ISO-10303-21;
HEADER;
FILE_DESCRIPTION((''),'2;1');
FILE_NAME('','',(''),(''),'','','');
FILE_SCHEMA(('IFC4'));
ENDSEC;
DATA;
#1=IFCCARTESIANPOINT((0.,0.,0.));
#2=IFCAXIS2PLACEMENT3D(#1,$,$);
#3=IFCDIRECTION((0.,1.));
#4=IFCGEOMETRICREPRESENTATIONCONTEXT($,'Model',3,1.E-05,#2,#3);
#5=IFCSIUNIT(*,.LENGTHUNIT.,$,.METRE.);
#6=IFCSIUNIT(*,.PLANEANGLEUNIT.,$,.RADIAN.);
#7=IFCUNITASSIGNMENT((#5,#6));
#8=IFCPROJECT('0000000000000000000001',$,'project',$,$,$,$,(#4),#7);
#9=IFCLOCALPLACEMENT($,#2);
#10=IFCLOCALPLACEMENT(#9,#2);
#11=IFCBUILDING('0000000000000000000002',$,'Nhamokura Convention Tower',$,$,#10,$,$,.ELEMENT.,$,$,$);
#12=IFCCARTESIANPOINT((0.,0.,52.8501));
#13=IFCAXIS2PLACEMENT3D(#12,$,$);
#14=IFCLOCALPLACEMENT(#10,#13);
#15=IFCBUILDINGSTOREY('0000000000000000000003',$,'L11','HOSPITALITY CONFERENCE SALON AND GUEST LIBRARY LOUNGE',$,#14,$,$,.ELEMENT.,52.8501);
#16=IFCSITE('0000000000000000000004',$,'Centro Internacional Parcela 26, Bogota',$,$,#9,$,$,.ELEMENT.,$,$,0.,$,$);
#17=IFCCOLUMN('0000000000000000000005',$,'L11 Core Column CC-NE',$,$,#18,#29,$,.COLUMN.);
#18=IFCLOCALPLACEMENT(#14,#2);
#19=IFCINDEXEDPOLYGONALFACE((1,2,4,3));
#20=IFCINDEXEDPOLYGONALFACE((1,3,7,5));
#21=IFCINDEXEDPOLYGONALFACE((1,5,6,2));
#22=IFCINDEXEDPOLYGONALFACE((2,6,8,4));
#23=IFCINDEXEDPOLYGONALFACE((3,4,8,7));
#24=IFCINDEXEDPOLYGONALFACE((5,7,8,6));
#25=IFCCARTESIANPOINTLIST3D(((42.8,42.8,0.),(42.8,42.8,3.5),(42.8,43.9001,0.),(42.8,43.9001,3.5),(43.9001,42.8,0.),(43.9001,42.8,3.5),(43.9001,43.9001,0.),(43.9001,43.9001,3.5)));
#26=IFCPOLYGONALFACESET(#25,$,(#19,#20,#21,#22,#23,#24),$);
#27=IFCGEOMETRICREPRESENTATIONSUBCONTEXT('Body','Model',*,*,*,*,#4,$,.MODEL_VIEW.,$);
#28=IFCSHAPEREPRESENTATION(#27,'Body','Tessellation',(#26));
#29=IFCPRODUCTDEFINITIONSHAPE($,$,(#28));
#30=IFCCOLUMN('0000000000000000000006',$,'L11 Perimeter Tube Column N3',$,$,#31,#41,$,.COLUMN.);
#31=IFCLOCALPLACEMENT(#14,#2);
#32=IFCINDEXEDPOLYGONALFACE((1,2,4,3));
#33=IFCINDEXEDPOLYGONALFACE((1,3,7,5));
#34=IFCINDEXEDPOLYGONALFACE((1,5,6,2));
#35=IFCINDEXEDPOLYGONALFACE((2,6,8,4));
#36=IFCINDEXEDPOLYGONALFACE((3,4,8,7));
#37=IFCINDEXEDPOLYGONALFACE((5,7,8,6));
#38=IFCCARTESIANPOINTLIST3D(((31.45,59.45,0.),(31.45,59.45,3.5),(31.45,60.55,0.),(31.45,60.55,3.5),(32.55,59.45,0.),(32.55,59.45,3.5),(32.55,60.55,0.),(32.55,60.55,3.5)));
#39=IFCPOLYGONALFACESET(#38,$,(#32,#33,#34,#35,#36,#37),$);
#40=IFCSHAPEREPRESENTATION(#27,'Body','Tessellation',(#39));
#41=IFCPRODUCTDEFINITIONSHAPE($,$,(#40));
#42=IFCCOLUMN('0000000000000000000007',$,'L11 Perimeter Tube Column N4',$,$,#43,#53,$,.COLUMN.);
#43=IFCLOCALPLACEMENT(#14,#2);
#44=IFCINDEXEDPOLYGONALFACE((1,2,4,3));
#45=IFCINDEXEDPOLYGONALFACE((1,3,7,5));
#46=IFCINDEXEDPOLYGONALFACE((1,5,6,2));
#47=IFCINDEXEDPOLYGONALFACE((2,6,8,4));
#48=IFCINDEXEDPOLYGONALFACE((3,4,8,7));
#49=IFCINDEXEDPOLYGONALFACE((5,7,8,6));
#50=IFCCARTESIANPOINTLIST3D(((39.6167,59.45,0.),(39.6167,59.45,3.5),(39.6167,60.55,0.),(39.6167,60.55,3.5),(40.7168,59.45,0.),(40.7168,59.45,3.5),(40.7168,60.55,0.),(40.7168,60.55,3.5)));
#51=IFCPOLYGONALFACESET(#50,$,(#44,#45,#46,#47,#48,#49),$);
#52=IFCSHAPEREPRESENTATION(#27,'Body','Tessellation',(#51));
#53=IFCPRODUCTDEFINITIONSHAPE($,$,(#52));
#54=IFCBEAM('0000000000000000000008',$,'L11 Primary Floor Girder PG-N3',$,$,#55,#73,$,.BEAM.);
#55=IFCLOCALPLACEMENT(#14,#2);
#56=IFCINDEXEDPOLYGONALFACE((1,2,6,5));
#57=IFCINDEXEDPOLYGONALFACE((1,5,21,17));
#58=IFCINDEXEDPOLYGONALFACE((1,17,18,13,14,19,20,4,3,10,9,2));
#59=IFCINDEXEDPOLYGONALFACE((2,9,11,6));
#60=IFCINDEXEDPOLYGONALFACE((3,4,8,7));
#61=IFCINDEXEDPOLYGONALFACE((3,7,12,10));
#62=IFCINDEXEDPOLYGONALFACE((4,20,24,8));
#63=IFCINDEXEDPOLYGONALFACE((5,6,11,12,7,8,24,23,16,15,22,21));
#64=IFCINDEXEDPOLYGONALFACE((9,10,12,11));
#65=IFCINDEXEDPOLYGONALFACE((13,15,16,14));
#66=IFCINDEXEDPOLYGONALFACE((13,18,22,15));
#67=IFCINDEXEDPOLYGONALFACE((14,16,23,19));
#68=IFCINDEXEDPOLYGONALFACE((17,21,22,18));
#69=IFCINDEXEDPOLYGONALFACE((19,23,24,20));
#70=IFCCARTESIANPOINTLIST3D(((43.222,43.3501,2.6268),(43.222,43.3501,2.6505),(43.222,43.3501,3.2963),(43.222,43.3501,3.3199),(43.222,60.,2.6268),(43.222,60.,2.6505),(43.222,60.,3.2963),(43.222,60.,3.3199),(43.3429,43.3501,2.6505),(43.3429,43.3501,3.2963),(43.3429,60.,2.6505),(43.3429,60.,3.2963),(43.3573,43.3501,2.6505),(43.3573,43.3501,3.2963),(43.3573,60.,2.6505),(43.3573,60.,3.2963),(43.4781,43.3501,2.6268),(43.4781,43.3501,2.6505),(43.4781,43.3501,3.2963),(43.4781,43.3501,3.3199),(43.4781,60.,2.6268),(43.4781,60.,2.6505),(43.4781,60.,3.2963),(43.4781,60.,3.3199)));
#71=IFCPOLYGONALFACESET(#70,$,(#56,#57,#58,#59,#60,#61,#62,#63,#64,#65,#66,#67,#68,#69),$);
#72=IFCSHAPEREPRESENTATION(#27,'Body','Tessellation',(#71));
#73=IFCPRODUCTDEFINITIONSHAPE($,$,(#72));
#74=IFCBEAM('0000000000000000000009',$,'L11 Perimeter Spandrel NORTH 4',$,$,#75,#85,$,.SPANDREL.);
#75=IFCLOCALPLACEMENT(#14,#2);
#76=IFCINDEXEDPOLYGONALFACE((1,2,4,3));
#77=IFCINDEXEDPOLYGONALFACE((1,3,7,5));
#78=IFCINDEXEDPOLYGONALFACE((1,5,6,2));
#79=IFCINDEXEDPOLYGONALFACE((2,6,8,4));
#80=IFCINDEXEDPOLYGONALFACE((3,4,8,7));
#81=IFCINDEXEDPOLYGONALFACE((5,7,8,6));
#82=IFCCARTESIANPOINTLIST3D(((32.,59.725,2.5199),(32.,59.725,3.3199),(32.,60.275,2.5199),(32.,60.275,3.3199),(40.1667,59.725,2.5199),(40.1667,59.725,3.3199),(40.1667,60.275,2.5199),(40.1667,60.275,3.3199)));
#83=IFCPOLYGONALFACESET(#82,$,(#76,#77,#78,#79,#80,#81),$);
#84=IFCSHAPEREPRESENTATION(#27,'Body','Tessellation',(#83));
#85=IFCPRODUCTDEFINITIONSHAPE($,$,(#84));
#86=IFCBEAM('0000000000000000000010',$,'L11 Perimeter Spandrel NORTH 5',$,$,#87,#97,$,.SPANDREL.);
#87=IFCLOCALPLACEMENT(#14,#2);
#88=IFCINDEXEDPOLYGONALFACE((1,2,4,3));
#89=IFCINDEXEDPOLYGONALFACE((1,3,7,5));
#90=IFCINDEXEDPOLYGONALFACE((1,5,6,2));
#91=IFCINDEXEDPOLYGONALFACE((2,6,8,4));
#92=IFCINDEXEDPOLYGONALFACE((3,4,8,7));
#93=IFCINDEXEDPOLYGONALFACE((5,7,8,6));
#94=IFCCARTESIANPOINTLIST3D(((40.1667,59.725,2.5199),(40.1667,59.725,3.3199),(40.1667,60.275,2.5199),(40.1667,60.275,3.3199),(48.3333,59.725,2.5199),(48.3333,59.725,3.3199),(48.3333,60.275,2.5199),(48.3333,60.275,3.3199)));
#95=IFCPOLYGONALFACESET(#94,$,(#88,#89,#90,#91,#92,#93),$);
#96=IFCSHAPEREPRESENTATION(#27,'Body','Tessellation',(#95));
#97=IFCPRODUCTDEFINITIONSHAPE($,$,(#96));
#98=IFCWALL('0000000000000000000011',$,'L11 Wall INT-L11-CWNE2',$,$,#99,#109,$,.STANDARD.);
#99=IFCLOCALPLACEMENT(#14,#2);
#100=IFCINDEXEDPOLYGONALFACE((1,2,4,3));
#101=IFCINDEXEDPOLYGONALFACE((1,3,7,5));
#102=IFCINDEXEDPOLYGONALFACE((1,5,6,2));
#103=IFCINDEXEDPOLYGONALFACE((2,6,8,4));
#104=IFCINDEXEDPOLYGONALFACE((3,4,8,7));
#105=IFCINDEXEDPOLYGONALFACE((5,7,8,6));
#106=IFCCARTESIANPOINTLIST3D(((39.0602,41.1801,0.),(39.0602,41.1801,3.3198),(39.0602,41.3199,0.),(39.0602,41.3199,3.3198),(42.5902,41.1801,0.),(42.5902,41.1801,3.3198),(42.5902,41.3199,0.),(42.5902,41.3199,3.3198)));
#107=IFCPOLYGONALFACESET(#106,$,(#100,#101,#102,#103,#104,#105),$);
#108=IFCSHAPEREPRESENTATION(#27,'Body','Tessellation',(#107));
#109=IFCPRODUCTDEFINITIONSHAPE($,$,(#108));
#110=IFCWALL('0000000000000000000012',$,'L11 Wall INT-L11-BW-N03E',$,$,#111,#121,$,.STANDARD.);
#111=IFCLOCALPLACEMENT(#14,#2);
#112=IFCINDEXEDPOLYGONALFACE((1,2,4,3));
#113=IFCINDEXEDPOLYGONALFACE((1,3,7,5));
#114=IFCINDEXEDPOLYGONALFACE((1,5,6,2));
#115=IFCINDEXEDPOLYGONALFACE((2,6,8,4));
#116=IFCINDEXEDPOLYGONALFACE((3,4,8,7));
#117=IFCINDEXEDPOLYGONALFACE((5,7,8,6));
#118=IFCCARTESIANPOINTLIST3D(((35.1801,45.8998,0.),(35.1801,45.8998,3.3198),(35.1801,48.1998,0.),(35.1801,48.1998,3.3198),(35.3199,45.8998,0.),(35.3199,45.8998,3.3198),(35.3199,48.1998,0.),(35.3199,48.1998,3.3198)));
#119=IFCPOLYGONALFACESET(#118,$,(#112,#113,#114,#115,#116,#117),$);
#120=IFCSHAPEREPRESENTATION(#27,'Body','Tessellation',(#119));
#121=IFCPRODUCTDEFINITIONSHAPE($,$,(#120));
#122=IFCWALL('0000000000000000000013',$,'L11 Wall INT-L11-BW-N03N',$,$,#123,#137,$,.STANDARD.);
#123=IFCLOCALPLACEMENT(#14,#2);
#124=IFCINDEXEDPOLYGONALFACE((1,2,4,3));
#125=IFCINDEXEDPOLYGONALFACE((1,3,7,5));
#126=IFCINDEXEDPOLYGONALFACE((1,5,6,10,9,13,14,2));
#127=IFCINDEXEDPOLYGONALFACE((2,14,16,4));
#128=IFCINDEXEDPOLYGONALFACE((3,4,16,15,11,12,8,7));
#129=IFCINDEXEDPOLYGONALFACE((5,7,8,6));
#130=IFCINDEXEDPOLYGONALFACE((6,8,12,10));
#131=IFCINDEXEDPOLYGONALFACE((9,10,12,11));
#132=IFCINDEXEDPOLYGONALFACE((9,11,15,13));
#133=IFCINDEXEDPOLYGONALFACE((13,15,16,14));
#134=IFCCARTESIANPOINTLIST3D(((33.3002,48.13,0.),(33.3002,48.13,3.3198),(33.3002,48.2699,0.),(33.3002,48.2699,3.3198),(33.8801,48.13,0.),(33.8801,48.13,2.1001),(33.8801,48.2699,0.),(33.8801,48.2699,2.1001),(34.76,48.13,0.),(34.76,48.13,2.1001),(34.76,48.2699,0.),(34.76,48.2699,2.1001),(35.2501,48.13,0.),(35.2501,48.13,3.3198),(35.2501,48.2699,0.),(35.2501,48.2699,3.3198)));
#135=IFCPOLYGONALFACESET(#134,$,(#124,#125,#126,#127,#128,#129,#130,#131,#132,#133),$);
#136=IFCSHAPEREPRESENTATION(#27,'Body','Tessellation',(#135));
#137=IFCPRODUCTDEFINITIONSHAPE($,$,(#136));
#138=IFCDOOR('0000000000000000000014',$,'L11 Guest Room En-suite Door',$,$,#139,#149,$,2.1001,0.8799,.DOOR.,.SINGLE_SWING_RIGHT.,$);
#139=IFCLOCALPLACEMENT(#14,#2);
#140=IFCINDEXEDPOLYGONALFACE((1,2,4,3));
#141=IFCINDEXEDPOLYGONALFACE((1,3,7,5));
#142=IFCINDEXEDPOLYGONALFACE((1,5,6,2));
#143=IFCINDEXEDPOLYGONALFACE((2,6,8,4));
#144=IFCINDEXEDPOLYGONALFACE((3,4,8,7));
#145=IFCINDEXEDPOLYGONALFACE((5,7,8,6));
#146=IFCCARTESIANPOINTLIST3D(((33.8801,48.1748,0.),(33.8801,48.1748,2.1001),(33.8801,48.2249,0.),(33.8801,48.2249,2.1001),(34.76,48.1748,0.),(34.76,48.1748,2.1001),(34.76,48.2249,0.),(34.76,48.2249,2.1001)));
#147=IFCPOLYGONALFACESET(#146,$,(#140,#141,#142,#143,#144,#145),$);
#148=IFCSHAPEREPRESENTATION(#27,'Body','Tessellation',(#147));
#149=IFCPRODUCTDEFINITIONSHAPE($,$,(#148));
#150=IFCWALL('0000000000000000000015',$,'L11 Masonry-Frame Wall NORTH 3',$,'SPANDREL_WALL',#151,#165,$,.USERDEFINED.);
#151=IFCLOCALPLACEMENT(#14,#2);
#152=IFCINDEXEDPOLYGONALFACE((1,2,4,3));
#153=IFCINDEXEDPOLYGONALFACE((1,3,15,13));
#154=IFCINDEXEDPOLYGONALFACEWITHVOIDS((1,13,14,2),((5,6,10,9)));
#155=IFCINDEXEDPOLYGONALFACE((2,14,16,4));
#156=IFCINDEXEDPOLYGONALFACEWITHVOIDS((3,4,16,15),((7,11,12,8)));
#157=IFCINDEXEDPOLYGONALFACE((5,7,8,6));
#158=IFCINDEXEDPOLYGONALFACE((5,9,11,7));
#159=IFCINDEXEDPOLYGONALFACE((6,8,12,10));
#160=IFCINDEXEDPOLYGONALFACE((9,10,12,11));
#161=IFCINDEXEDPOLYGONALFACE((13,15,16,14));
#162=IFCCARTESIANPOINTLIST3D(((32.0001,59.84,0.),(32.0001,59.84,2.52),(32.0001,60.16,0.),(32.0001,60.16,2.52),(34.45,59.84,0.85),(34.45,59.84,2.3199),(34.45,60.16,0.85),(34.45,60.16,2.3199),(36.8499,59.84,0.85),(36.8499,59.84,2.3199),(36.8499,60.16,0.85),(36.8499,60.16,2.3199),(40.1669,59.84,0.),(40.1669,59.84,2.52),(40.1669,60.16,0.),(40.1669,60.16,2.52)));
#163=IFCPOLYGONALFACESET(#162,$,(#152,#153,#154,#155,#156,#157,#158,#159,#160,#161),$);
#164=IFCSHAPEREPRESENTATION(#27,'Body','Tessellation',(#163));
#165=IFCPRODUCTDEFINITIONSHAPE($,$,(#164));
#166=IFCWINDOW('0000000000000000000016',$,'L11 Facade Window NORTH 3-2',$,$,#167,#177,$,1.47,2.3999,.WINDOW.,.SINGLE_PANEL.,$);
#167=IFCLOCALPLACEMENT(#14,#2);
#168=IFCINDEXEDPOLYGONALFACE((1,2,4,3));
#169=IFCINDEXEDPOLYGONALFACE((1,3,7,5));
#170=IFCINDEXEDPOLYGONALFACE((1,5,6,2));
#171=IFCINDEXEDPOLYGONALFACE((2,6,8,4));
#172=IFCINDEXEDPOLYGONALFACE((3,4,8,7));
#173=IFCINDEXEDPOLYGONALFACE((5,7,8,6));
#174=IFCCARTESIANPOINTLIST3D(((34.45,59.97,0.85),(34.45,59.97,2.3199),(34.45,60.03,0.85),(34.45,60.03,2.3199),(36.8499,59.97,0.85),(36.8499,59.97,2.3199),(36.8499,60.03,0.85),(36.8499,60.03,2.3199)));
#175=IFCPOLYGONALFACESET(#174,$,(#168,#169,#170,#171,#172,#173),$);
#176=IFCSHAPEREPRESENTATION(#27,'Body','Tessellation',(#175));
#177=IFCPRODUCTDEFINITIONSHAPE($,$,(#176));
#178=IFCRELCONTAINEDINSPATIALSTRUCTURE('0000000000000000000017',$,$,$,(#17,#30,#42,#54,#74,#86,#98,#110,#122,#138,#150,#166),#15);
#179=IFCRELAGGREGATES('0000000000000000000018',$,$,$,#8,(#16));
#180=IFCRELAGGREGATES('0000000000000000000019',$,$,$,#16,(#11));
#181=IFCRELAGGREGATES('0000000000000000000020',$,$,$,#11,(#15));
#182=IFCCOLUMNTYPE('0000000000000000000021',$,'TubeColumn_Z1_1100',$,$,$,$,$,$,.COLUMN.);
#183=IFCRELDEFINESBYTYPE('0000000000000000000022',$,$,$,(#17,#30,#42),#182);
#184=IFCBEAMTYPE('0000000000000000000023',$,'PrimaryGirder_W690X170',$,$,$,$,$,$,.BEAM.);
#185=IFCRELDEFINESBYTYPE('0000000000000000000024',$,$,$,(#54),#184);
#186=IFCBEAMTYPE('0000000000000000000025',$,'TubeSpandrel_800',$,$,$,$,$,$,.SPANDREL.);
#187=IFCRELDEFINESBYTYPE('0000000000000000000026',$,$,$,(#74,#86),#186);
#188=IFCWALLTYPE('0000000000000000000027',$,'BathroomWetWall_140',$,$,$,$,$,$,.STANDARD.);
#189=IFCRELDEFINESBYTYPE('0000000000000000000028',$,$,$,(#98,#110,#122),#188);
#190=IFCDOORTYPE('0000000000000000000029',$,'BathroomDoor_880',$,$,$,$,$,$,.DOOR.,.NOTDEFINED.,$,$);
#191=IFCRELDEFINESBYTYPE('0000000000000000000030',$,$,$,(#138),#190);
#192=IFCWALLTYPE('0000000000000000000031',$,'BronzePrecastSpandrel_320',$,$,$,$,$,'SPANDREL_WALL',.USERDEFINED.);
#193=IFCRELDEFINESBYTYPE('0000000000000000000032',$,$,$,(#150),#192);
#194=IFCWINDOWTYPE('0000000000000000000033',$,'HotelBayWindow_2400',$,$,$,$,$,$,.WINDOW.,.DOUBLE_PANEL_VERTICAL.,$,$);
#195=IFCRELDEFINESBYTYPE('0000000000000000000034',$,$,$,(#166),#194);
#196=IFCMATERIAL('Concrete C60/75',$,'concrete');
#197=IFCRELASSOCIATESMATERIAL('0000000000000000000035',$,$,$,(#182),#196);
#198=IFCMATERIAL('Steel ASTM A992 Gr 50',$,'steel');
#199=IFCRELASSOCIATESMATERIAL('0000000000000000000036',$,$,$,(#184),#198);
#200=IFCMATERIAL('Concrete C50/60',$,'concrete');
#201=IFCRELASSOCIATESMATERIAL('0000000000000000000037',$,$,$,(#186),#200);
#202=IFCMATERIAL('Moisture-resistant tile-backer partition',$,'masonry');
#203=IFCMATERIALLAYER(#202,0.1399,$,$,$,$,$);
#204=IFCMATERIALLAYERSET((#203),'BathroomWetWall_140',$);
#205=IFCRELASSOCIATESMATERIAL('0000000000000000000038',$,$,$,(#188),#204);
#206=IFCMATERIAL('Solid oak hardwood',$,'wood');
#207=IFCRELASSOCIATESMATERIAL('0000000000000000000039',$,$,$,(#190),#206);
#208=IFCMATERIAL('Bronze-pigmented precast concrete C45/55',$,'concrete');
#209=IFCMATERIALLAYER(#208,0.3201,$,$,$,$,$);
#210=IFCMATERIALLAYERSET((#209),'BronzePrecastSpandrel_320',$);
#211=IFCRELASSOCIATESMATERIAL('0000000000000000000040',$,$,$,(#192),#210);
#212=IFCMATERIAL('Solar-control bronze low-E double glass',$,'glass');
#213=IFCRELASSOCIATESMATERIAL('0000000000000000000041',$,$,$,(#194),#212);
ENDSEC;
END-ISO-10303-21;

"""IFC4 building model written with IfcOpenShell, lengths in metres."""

from ifc_helpers import new_model, si_unit, direction, frame, frame_2d, origin, origin_2d, place, context, subcontext, project, spatial, rectangle, i_section, extrude, material, layer, layer_set, material_profile, profile_set, type_object, element, fill, save


model = new_model("IFC4")

# Units and contexts
model_context = context("Model", 3, precision=1e-05, world=origin(), true_north=direction((0.0, 1.0)))
body_context = subcontext(model_context, "Body", "Model", "MODEL_VIEW")
ifc_project = project(units=[si_unit("LENGTHUNIT", "METRE"), si_unit("PLANEANGLEUNIT", "RADIAN")], contexts=[model_context])

# Site, building, storey
site_placement = place(None, origin())
site = spatial("IfcSite", under=ifc_project, at=site_placement, Name="Centro Internacional Parcela 26, Bogota", CompositionType="ELEMENT", RefElevation=0.0)
building_placement = place(site_placement, origin())
building = spatial("IfcBuilding", under=site, at=building_placement, Name="Nhamokura Convention Tower", CompositionType="ELEMENT")
storey_placement = place(building_placement, frame((0.0, 0.0, 52.8501)))
storey = spatial("IfcBuildingStorey", under=building, at=storey_placement, Name="L11", Description="HOSPITALITY CONFERENCE SALON AND GUEST LIBRARY LOUNGE", CompositionType="ELEMENT", Elevation=52.8501)

# Columns
ifc_material_1 = material(Name="Concrete C60/75", Category="concrete")
ifc_material_profile_1 = material_profile(ifc_material_1, rectangle(XDim=1.1001, YDim=1.1001, at=origin_2d()))
ifc_profile_set_1 = profile_set([ifc_material_profile_1], Name="Concrete C60/75")
column_type = type_object("IfcColumnType", Name="TubeColumn_Z1_1100", PredefinedType="COLUMN", material=ifc_profile_set_1)
for number, where, z_axis, x_axis, name in (
    (1, (43.3501, 43.3501, 0.0), (0.0, 0.0, 1.0), (1.0, 0.0, 0.0), "L11 Core Column CC-NE"),
    (2, (32.0, 60.0, 0.0), (0.0, 0.0, 1.0), (1.0, 0.0, 0.0), "L11 Perimeter Tube Column N3"),
    (3, (40.1667, 60.0, 0.0), (0.0, 0.0, 1.0), (1.0, 0.0, 0.0), "L11 Perimeter Tube Column N4"),
):
    element("IfcColumn", number, at=place(storey_placement, frame(where, z_axis=z_axis, x_axis=x_axis)), inside=storey, type_object=column_type, Name=name, PredefinedType="COLUMN", context=body_context, shape_type="SweptSolid", body=[
        extrude(rectangle(XDim=1.1001, YDim=1.1001, at=origin_2d()), origin(), (0.0, 0.0, 1.0), 3.5),
    ])

# Beams
ifc_material_2 = material(Name="Steel ASTM A992 Gr 50", Category="steel")
ifc_material_profile_2 = material_profile(ifc_material_2, i_section(OverallWidth=0.2561, OverallDepth=0.6931, WebThickness=0.0144, FlangeThickness=0.0237, at=origin_2d()))
ifc_profile_set_2 = profile_set([ifc_material_profile_2], Name="Steel ASTM A992 Gr 50")
beam_type_1 = type_object("IfcBeamType", Name="PrimaryGirder_W690X170", PredefinedType="BEAM", material=ifc_profile_set_2)
beam_1_placement = place(storey_placement, frame((43.3501, 43.3501, 2.9734), z_axis=(0.0, 1.0, 0.0), x_axis=(-1.0, 0.0, 0.0)))
element("IfcBeam", 4, at=beam_1_placement, inside=storey, type_object=beam_type_1, Name="L11 Primary Floor Girder PG-N3", PredefinedType="BEAM", context=body_context, shape_type="SweptSolid", body=[
    extrude(i_section(OverallWidth=0.2561, OverallDepth=0.6931, WebThickness=0.0144, FlangeThickness=0.0237, at=origin_2d()), origin(), (0.0, 0.0, 1.0), 16.6499),
])
ifc_material_3 = material(Name="Concrete C50/60", Category="concrete")
ifc_material_profile_3 = material_profile(ifc_material_3, rectangle(XDim=0.55, YDim=0.8, at=origin_2d()))
ifc_profile_set_3 = profile_set([ifc_material_profile_3], Name="Concrete C50/60")
beam_type_2 = type_object("IfcBeamType", Name="TubeSpandrel_800", PredefinedType="SPANDREL", material=ifc_profile_set_3)
beam_2_placement = place(storey_placement, frame((32.0, 60.0, 2.9199), z_axis=(1.0, 0.0, 0.0), x_axis=(0.0, 1.0, 0.0)))
element("IfcBeam", 5, at=beam_2_placement, inside=storey, type_object=beam_type_2, Name="L11 Perimeter Spandrel NORTH 4", PredefinedType="SPANDREL", context=body_context, shape_type="SweptSolid", body=[
    extrude(rectangle(XDim=0.55, YDim=0.8, at=origin_2d()), origin(), (0.0, 0.0, 1.0), 8.1667),
])
beam_3_placement = place(storey_placement, frame((40.1667, 60.0, 2.9199), z_axis=(1.0, 0.0, 0.0), x_axis=(0.0, 1.0, 0.0)))
element("IfcBeam", 6, at=beam_3_placement, inside=storey, type_object=beam_type_2, Name="L11 Perimeter Spandrel NORTH 5", PredefinedType="SPANDREL", context=body_context, shape_type="SweptSolid", body=[
    extrude(rectangle(XDim=0.55, YDim=0.8, at=origin_2d()), origin(), (0.0, 0.0, 1.0), 8.1665),
])

# Walls
ifc_material_4 = material(Name="Moisture-resistant tile-backer partition", Category="masonry")
ifc_layer_1 = layer(ifc_material_4, 0.1399)
ifc_layer_set_1 = layer_set([ifc_layer_1], Name="BathroomWetWall_140")
wall_type_1 = type_object("IfcWallType", Name="BathroomWetWall_140", PredefinedType="STANDARD", material=ifc_layer_set_1)
wall_1_placement = place(storey_placement, frame((39.0601, 41.25, 0.0), z_axis=(0.0, 0.0, 1.0), x_axis=(1.0, 0.0, 0.0)))
element("IfcWall", 7, at=wall_1_placement, inside=storey, type_object=wall_type_1, Name="L11 Wall INT-L11-CWNE2", PredefinedType="STANDARD", context=body_context, shape_type="SweptSolid", body=[
    extrude(rectangle(XDim=3.53, YDim=0.1399, at=frame_2d((1.7651, 0.0))), origin(), (0.0, 0.0, 1.0), 3.3198),
])
wall_2_placement = place(storey_placement, frame((35.25, 45.8999, 0.0), z_axis=(0.0, 0.0, 1.0), x_axis=(0.0, 1.0, 0.0)))
element("IfcWall", 8, at=wall_2_placement, inside=storey, type_object=wall_type_1, Name="L11 Wall INT-L11-BW-N03E", PredefinedType="STANDARD", context=body_context, shape_type="SweptSolid", body=[
    extrude(rectangle(XDim=2.3, YDim=0.1399, at=frame_2d((1.1499, 0.0))), origin(), (0.0, 0.0, 1.0), 3.3198),
])

# Wall, opening, door
wall_3_placement = place(storey_placement, frame((33.3, 48.2, 0.0), z_axis=(0.0, 0.0, 1.0), x_axis=(1.0, 0.0, 0.0)))
wall_3 = element("IfcWall", 9, at=wall_3_placement, inside=storey, type_object=wall_type_1, Name="L11 Wall INT-L11-BW-N03N", PredefinedType="STANDARD", context=body_context, shape_type="SweptSolid", body=[
    extrude(rectangle(XDim=1.95, YDim=0.1399, at=frame_2d((0.9751, 0.0))), origin(), (0.0, 0.0, 1.0), 3.3198),
])
opening_1_placement = place(wall_3_placement, frame((0.5801, 0.0, 0.0)))
opening_1 = element("IfcOpeningElement", 10, at=opening_1_placement, cuts=wall_3, PredefinedType="OPENING", context=body_context, shape_type="SweptSolid", body=[
    extrude(rectangle(XDim=0.8799, YDim=2.1001, at=frame_2d((0.4399, 1.05))), frame((0.0, 0.0798, 0.0), z_axis=(0.0, -1.0, 0.0), x_axis=(1.0, 0.0, 0.0)), (0.0, 0.0, 1.0), 0.1599),
])
ifc_material_5 = material(Name="Solid oak hardwood", Category="wood")
door_type_1 = type_object("IfcDoorType", Name="BathroomDoor_880", OperationType="NOTDEFINED", PredefinedType="DOOR", material=ifc_material_5)
door_1_placement = place(opening_1_placement, origin())
door_1 = element("IfcDoor", 11, at=door_1_placement, inside=storey, type_object=door_type_1, Name="L11 Guest Room En-suite Door", OperationType="SINGLE_SWING_RIGHT", OverallHeight=2.1001, OverallWidth=0.8799, PredefinedType="DOOR", context=body_context, shape_type="SweptSolid", body=[
    extrude(rectangle(XDim=0.8799, YDim=2.1001, at=frame_2d((0.4399, 1.05))), frame((0.0, 0.0249, 0.0), z_axis=(0.0, -1.0, 0.0), x_axis=(1.0, 0.0, 0.0)), (0.0, 0.0, 1.0), 0.05),
])
fill(opening_1, door_1)

# Wall, opening, window
ifc_material_6 = material(Name="Bronze-pigmented precast concrete C45/55", Category="concrete")
ifc_layer_2 = layer(ifc_material_6, 0.3201)
ifc_layer_set_2 = layer_set([ifc_layer_2], Name="BronzePrecastSpandrel_320")
wall_type_2 = type_object("IfcWallType", Name="BronzePrecastSpandrel_320", ElementType="SPANDREL_WALL", PredefinedType="USERDEFINED", material=ifc_layer_set_2)
wall_4_placement = place(storey_placement, frame((32.0, 60.0, 0.0), z_axis=(0.0, 0.0, 1.0), x_axis=(1.0, 0.0, 0.0)))
wall_4 = element("IfcWall", 12, at=wall_4_placement, inside=storey, type_object=wall_type_2, Name="L11 Masonry-Frame Wall NORTH 3", ObjectType="SPANDREL_WALL", PredefinedType="USERDEFINED", context=body_context, shape_type="SweptSolid", body=[
    extrude(rectangle(XDim=8.1667, YDim=0.3201, at=frame_2d((4.0835, 0.0))), origin(), (0.0, 0.0, 1.0), 2.52),
])
opening_2_placement = place(wall_4_placement, frame((2.45, 0.0, 0.8501)))
opening_2 = element("IfcOpeningElement", 13, at=opening_2_placement, cuts=wall_4, PredefinedType="OPENING", context=body_context, shape_type="SweptSolid", body=[
    extrude(rectangle(XDim=2.3999, YDim=1.47, at=frame_2d((1.2, 0.7349))), frame((0.0, 0.1699, 0.0), z_axis=(0.0, -1.0, 0.0), x_axis=(1.0, 0.0, 0.0)), (0.0, 0.0, 1.0), 0.3401),
])
ifc_material_7 = material(Name="Solar-control bronze low-E double glass", Category="glass")
window_type_1 = type_object("IfcWindowType", Name="HotelBayWindow_2400", PartitioningType="DOUBLE_PANEL_VERTICAL", PredefinedType="WINDOW", material=ifc_material_7)
window_1_placement = place(opening_2_placement, origin())
window_1 = element("IfcWindow", 14, at=window_1_placement, inside=storey, type_object=window_type_1, Name="L11 Facade Window NORTH 3-2", OverallHeight=1.47, OverallWidth=2.3999, PartitioningType="SINGLE_PANEL", PredefinedType="WINDOW", context=body_context, shape_type="SweptSolid", body=[
    extrude(rectangle(XDim=2.3999, YDim=1.47, at=frame_2d((1.2, 0.7349))), frame((0.0, 0.03, 0.0), z_axis=(0.0, -1.0, 0.0), x_axis=(1.0, 0.0, 0.0)), (0.0, 0.0, 1.0), 0.0601),
])
fill(opening_2, window_1)

save(model, "model.ifc")
